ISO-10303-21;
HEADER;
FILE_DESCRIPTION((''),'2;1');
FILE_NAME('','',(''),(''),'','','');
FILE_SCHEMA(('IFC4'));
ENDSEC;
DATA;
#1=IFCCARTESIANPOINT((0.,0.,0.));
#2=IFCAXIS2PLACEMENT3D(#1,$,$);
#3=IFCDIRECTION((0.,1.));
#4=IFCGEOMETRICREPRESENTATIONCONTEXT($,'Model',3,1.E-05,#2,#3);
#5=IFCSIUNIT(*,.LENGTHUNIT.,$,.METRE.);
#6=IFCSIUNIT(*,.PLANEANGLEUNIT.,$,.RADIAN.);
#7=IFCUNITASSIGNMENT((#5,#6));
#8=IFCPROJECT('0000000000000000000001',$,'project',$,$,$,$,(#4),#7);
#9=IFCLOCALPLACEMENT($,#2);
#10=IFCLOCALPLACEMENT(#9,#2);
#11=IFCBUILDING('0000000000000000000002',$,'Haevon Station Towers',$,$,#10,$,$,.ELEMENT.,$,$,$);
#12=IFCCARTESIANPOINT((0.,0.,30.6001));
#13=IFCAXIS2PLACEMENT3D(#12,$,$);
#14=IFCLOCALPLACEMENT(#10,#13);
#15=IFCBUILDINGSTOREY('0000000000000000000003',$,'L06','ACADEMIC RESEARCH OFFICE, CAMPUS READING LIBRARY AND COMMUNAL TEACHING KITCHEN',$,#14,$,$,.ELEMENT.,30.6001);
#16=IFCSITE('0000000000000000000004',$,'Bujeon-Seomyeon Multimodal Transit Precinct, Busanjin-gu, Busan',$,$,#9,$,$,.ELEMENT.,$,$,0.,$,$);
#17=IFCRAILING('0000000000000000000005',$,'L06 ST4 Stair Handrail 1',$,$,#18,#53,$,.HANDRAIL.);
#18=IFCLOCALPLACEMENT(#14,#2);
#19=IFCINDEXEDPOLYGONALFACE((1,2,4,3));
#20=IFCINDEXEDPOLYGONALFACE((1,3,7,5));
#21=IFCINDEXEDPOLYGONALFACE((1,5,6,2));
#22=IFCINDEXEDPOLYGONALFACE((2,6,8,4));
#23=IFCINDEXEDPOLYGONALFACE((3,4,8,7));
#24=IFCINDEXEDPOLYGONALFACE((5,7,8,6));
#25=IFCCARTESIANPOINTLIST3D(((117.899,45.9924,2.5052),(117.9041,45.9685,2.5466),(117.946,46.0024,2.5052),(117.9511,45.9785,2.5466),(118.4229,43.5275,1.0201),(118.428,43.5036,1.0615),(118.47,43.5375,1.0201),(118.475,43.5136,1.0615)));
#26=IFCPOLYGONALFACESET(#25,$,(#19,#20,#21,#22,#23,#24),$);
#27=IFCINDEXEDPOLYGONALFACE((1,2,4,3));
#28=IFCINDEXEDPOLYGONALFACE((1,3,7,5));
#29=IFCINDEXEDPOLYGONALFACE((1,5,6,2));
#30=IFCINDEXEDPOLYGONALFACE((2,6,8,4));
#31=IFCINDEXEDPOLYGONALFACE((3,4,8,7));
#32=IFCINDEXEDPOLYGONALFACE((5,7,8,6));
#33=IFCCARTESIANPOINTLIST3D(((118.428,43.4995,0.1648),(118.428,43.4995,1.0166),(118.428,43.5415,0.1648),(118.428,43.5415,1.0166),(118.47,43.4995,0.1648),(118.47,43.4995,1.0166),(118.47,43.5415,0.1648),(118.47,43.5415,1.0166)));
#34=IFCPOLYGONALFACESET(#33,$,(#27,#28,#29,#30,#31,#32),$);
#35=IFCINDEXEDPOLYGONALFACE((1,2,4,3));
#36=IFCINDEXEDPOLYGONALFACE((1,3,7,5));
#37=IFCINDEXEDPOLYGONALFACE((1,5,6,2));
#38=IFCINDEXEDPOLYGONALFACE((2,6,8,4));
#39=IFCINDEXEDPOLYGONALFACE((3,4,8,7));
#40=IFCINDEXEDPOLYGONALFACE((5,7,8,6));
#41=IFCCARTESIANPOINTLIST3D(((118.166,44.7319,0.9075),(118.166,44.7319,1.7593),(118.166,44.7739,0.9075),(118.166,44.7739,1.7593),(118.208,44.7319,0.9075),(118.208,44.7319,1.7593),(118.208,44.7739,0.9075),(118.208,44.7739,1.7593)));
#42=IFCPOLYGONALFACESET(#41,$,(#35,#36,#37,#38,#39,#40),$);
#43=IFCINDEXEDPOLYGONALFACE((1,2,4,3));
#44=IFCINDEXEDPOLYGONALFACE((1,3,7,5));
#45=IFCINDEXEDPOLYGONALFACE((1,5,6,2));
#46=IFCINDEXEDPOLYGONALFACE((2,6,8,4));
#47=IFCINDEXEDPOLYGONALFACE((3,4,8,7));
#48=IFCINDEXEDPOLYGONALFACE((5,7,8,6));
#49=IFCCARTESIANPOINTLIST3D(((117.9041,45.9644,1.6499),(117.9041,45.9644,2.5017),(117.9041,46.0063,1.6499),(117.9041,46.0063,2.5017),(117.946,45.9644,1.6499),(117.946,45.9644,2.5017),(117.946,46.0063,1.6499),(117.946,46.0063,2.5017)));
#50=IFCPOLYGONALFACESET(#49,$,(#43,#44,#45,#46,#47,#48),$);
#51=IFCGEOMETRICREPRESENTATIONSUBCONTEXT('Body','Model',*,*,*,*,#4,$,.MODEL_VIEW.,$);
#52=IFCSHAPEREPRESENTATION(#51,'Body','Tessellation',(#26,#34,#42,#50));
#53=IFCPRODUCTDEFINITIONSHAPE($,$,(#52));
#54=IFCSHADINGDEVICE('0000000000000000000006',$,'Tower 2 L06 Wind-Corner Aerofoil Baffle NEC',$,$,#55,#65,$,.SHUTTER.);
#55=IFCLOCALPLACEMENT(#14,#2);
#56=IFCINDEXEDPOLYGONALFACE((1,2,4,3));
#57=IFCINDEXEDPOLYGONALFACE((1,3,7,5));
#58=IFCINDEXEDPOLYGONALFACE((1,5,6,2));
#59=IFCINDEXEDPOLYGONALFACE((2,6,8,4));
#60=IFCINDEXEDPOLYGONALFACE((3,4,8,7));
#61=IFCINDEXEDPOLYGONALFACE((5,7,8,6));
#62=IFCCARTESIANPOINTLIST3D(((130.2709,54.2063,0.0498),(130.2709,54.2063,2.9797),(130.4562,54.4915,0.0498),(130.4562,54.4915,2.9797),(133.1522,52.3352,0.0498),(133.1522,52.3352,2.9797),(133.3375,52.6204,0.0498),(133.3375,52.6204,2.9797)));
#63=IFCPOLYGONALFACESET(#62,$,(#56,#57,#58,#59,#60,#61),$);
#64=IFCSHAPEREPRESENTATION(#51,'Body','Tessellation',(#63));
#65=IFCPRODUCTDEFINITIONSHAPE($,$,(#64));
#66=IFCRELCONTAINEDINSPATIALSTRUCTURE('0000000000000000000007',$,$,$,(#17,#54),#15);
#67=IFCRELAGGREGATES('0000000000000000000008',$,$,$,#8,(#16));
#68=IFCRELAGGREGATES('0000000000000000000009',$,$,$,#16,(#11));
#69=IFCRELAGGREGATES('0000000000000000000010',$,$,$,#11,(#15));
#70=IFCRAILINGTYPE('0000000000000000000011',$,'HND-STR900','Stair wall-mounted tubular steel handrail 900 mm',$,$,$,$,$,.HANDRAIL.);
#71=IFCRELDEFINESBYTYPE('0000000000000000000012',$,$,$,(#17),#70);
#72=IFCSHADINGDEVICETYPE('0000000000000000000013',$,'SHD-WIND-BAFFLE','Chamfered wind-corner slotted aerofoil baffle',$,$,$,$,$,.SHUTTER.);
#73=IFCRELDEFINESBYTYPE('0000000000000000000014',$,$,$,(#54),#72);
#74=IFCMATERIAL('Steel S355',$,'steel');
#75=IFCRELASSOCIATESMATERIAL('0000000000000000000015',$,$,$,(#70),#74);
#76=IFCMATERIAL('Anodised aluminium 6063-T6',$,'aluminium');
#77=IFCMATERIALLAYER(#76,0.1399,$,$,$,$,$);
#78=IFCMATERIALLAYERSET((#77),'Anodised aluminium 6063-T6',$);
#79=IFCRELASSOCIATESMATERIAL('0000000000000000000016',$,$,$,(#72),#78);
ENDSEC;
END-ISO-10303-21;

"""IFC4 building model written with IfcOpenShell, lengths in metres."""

from ifc_helpers import new_model, si_unit, direction, frame, origin, origin_2d, place, context, subcontext, project, spatial, rectangle, extrude, material, layer, layer_set, type_object, element, save


model = new_model("IFC4")

# Units and contexts
model_context = context("Model", 3, precision=1e-05, world=origin(), true_north=direction((0.0, 1.0)))
body_context = subcontext(model_context, "Body", "Model", "MODEL_VIEW")
ifc_project = project(units=[si_unit("LENGTHUNIT", "METRE"), si_unit("PLANEANGLEUNIT", "RADIAN")], contexts=[model_context])

# Site, building, storey
site_placement = place(None, origin())
site = spatial("IfcSite", under=ifc_project, at=site_placement, Name="Bujeon-Seomyeon Multimodal Transit Precinct, Busanjin-gu, Busan", CompositionType="ELEMENT", RefElevation=0.0)
building_placement = place(site_placement, origin())
building = spatial("IfcBuilding", under=site, at=building_placement, Name="Haevon Station Towers", CompositionType="ELEMENT")
storey_placement = place(building_placement, frame((0.0, 0.0, 30.6001)))
storey = spatial("IfcBuildingStorey", under=building, at=storey_placement, Name="L06", Description="ACADEMIC RESEARCH OFFICE, CAMPUS READING LIBRARY AND COMMUNAL TEACHING KITCHEN", CompositionType="ELEMENT", Elevation=30.6001)

# Shared definitions
ifc_material_1 = material(Name="Steel S355", Category="steel")

# Railing
railing_type_1 = type_object("IfcRailingType", Name="HND-STR900", Description="Stair wall-mounted tubular steel handrail 900 mm", PredefinedType="HANDRAIL", material=ifc_material_1)
railing_1_placement = place(storey_placement, frame((118.449, 43.5205, 0.1648)))
element("IfcRailing", 1, at=railing_1_placement, inside=storey, type_object=railing_type_1, Name="L06 ST4 Stair Handrail 1", PredefinedType="HANDRAIL", context=body_context, shape_type="SweptSolid", body=[
    extrude(rectangle(XDim=0.0481, YDim=0.0481, at=origin_2d()), frame((0.0, 0.0, 0.876), z_axis=(-0.179121, 0.842688, 0.507733), x_axis=(-0.978147, -0.207914, 0.0)), (0.0, 0.0, 1.0), 2.925),
    extrude(rectangle(XDim=0.042, YDim=0.042, at=origin_2d()), origin(), (0.0, 0.0, 1.0), 0.8518),
    extrude(rectangle(XDim=0.042, YDim=0.042, at=origin_2d()), frame((-0.262, 1.2324, 0.7427)), (0.0, 0.0, 1.0), 0.8518),
    extrude(rectangle(XDim=0.042, YDim=0.042, at=origin_2d()), frame((-0.5239, 2.4648, 1.4851)), (0.0, 0.0, 1.0), 0.8518),
])

# Shading device
ifc_material_2 = material(Name="Anodised aluminium 6063-T6", Category="aluminium")
ifc_layer_1 = layer(ifc_material_2, 0.1399)
ifc_layer_set_1 = layer_set([ifc_layer_1], Name="Anodised aluminium 6063-T6")
shading_device_type = type_object("IfcShadingDeviceType", Name="SHD-WIND-BAFFLE", Description="Chamfered wind-corner slotted aerofoil baffle", PredefinedType="SHUTTER", material=ifc_layer_set_1)
shading_device_placement = place(storey_placement, frame((131.8042, 53.4133, 0.0498), z_axis=(0.0, 0.0, 1.0), x_axis=(0.838671, -0.544639, 0.0)))
element("IfcShadingDevice", 2, at=shading_device_placement, inside=storey, type_object=shading_device_type, Name="Tower 2 L06 Wind-Corner Aerofoil Baffle NEC", PredefinedType="SHUTTER", context=body_context, shape_type="SweptSolid", body=[
    extrude(rectangle(XDim=3.4355, YDim=0.3401, at=origin_2d()), origin(), (0.0, 0.0, 1.0), 2.9299),
])

save(model, "model.ifc")
